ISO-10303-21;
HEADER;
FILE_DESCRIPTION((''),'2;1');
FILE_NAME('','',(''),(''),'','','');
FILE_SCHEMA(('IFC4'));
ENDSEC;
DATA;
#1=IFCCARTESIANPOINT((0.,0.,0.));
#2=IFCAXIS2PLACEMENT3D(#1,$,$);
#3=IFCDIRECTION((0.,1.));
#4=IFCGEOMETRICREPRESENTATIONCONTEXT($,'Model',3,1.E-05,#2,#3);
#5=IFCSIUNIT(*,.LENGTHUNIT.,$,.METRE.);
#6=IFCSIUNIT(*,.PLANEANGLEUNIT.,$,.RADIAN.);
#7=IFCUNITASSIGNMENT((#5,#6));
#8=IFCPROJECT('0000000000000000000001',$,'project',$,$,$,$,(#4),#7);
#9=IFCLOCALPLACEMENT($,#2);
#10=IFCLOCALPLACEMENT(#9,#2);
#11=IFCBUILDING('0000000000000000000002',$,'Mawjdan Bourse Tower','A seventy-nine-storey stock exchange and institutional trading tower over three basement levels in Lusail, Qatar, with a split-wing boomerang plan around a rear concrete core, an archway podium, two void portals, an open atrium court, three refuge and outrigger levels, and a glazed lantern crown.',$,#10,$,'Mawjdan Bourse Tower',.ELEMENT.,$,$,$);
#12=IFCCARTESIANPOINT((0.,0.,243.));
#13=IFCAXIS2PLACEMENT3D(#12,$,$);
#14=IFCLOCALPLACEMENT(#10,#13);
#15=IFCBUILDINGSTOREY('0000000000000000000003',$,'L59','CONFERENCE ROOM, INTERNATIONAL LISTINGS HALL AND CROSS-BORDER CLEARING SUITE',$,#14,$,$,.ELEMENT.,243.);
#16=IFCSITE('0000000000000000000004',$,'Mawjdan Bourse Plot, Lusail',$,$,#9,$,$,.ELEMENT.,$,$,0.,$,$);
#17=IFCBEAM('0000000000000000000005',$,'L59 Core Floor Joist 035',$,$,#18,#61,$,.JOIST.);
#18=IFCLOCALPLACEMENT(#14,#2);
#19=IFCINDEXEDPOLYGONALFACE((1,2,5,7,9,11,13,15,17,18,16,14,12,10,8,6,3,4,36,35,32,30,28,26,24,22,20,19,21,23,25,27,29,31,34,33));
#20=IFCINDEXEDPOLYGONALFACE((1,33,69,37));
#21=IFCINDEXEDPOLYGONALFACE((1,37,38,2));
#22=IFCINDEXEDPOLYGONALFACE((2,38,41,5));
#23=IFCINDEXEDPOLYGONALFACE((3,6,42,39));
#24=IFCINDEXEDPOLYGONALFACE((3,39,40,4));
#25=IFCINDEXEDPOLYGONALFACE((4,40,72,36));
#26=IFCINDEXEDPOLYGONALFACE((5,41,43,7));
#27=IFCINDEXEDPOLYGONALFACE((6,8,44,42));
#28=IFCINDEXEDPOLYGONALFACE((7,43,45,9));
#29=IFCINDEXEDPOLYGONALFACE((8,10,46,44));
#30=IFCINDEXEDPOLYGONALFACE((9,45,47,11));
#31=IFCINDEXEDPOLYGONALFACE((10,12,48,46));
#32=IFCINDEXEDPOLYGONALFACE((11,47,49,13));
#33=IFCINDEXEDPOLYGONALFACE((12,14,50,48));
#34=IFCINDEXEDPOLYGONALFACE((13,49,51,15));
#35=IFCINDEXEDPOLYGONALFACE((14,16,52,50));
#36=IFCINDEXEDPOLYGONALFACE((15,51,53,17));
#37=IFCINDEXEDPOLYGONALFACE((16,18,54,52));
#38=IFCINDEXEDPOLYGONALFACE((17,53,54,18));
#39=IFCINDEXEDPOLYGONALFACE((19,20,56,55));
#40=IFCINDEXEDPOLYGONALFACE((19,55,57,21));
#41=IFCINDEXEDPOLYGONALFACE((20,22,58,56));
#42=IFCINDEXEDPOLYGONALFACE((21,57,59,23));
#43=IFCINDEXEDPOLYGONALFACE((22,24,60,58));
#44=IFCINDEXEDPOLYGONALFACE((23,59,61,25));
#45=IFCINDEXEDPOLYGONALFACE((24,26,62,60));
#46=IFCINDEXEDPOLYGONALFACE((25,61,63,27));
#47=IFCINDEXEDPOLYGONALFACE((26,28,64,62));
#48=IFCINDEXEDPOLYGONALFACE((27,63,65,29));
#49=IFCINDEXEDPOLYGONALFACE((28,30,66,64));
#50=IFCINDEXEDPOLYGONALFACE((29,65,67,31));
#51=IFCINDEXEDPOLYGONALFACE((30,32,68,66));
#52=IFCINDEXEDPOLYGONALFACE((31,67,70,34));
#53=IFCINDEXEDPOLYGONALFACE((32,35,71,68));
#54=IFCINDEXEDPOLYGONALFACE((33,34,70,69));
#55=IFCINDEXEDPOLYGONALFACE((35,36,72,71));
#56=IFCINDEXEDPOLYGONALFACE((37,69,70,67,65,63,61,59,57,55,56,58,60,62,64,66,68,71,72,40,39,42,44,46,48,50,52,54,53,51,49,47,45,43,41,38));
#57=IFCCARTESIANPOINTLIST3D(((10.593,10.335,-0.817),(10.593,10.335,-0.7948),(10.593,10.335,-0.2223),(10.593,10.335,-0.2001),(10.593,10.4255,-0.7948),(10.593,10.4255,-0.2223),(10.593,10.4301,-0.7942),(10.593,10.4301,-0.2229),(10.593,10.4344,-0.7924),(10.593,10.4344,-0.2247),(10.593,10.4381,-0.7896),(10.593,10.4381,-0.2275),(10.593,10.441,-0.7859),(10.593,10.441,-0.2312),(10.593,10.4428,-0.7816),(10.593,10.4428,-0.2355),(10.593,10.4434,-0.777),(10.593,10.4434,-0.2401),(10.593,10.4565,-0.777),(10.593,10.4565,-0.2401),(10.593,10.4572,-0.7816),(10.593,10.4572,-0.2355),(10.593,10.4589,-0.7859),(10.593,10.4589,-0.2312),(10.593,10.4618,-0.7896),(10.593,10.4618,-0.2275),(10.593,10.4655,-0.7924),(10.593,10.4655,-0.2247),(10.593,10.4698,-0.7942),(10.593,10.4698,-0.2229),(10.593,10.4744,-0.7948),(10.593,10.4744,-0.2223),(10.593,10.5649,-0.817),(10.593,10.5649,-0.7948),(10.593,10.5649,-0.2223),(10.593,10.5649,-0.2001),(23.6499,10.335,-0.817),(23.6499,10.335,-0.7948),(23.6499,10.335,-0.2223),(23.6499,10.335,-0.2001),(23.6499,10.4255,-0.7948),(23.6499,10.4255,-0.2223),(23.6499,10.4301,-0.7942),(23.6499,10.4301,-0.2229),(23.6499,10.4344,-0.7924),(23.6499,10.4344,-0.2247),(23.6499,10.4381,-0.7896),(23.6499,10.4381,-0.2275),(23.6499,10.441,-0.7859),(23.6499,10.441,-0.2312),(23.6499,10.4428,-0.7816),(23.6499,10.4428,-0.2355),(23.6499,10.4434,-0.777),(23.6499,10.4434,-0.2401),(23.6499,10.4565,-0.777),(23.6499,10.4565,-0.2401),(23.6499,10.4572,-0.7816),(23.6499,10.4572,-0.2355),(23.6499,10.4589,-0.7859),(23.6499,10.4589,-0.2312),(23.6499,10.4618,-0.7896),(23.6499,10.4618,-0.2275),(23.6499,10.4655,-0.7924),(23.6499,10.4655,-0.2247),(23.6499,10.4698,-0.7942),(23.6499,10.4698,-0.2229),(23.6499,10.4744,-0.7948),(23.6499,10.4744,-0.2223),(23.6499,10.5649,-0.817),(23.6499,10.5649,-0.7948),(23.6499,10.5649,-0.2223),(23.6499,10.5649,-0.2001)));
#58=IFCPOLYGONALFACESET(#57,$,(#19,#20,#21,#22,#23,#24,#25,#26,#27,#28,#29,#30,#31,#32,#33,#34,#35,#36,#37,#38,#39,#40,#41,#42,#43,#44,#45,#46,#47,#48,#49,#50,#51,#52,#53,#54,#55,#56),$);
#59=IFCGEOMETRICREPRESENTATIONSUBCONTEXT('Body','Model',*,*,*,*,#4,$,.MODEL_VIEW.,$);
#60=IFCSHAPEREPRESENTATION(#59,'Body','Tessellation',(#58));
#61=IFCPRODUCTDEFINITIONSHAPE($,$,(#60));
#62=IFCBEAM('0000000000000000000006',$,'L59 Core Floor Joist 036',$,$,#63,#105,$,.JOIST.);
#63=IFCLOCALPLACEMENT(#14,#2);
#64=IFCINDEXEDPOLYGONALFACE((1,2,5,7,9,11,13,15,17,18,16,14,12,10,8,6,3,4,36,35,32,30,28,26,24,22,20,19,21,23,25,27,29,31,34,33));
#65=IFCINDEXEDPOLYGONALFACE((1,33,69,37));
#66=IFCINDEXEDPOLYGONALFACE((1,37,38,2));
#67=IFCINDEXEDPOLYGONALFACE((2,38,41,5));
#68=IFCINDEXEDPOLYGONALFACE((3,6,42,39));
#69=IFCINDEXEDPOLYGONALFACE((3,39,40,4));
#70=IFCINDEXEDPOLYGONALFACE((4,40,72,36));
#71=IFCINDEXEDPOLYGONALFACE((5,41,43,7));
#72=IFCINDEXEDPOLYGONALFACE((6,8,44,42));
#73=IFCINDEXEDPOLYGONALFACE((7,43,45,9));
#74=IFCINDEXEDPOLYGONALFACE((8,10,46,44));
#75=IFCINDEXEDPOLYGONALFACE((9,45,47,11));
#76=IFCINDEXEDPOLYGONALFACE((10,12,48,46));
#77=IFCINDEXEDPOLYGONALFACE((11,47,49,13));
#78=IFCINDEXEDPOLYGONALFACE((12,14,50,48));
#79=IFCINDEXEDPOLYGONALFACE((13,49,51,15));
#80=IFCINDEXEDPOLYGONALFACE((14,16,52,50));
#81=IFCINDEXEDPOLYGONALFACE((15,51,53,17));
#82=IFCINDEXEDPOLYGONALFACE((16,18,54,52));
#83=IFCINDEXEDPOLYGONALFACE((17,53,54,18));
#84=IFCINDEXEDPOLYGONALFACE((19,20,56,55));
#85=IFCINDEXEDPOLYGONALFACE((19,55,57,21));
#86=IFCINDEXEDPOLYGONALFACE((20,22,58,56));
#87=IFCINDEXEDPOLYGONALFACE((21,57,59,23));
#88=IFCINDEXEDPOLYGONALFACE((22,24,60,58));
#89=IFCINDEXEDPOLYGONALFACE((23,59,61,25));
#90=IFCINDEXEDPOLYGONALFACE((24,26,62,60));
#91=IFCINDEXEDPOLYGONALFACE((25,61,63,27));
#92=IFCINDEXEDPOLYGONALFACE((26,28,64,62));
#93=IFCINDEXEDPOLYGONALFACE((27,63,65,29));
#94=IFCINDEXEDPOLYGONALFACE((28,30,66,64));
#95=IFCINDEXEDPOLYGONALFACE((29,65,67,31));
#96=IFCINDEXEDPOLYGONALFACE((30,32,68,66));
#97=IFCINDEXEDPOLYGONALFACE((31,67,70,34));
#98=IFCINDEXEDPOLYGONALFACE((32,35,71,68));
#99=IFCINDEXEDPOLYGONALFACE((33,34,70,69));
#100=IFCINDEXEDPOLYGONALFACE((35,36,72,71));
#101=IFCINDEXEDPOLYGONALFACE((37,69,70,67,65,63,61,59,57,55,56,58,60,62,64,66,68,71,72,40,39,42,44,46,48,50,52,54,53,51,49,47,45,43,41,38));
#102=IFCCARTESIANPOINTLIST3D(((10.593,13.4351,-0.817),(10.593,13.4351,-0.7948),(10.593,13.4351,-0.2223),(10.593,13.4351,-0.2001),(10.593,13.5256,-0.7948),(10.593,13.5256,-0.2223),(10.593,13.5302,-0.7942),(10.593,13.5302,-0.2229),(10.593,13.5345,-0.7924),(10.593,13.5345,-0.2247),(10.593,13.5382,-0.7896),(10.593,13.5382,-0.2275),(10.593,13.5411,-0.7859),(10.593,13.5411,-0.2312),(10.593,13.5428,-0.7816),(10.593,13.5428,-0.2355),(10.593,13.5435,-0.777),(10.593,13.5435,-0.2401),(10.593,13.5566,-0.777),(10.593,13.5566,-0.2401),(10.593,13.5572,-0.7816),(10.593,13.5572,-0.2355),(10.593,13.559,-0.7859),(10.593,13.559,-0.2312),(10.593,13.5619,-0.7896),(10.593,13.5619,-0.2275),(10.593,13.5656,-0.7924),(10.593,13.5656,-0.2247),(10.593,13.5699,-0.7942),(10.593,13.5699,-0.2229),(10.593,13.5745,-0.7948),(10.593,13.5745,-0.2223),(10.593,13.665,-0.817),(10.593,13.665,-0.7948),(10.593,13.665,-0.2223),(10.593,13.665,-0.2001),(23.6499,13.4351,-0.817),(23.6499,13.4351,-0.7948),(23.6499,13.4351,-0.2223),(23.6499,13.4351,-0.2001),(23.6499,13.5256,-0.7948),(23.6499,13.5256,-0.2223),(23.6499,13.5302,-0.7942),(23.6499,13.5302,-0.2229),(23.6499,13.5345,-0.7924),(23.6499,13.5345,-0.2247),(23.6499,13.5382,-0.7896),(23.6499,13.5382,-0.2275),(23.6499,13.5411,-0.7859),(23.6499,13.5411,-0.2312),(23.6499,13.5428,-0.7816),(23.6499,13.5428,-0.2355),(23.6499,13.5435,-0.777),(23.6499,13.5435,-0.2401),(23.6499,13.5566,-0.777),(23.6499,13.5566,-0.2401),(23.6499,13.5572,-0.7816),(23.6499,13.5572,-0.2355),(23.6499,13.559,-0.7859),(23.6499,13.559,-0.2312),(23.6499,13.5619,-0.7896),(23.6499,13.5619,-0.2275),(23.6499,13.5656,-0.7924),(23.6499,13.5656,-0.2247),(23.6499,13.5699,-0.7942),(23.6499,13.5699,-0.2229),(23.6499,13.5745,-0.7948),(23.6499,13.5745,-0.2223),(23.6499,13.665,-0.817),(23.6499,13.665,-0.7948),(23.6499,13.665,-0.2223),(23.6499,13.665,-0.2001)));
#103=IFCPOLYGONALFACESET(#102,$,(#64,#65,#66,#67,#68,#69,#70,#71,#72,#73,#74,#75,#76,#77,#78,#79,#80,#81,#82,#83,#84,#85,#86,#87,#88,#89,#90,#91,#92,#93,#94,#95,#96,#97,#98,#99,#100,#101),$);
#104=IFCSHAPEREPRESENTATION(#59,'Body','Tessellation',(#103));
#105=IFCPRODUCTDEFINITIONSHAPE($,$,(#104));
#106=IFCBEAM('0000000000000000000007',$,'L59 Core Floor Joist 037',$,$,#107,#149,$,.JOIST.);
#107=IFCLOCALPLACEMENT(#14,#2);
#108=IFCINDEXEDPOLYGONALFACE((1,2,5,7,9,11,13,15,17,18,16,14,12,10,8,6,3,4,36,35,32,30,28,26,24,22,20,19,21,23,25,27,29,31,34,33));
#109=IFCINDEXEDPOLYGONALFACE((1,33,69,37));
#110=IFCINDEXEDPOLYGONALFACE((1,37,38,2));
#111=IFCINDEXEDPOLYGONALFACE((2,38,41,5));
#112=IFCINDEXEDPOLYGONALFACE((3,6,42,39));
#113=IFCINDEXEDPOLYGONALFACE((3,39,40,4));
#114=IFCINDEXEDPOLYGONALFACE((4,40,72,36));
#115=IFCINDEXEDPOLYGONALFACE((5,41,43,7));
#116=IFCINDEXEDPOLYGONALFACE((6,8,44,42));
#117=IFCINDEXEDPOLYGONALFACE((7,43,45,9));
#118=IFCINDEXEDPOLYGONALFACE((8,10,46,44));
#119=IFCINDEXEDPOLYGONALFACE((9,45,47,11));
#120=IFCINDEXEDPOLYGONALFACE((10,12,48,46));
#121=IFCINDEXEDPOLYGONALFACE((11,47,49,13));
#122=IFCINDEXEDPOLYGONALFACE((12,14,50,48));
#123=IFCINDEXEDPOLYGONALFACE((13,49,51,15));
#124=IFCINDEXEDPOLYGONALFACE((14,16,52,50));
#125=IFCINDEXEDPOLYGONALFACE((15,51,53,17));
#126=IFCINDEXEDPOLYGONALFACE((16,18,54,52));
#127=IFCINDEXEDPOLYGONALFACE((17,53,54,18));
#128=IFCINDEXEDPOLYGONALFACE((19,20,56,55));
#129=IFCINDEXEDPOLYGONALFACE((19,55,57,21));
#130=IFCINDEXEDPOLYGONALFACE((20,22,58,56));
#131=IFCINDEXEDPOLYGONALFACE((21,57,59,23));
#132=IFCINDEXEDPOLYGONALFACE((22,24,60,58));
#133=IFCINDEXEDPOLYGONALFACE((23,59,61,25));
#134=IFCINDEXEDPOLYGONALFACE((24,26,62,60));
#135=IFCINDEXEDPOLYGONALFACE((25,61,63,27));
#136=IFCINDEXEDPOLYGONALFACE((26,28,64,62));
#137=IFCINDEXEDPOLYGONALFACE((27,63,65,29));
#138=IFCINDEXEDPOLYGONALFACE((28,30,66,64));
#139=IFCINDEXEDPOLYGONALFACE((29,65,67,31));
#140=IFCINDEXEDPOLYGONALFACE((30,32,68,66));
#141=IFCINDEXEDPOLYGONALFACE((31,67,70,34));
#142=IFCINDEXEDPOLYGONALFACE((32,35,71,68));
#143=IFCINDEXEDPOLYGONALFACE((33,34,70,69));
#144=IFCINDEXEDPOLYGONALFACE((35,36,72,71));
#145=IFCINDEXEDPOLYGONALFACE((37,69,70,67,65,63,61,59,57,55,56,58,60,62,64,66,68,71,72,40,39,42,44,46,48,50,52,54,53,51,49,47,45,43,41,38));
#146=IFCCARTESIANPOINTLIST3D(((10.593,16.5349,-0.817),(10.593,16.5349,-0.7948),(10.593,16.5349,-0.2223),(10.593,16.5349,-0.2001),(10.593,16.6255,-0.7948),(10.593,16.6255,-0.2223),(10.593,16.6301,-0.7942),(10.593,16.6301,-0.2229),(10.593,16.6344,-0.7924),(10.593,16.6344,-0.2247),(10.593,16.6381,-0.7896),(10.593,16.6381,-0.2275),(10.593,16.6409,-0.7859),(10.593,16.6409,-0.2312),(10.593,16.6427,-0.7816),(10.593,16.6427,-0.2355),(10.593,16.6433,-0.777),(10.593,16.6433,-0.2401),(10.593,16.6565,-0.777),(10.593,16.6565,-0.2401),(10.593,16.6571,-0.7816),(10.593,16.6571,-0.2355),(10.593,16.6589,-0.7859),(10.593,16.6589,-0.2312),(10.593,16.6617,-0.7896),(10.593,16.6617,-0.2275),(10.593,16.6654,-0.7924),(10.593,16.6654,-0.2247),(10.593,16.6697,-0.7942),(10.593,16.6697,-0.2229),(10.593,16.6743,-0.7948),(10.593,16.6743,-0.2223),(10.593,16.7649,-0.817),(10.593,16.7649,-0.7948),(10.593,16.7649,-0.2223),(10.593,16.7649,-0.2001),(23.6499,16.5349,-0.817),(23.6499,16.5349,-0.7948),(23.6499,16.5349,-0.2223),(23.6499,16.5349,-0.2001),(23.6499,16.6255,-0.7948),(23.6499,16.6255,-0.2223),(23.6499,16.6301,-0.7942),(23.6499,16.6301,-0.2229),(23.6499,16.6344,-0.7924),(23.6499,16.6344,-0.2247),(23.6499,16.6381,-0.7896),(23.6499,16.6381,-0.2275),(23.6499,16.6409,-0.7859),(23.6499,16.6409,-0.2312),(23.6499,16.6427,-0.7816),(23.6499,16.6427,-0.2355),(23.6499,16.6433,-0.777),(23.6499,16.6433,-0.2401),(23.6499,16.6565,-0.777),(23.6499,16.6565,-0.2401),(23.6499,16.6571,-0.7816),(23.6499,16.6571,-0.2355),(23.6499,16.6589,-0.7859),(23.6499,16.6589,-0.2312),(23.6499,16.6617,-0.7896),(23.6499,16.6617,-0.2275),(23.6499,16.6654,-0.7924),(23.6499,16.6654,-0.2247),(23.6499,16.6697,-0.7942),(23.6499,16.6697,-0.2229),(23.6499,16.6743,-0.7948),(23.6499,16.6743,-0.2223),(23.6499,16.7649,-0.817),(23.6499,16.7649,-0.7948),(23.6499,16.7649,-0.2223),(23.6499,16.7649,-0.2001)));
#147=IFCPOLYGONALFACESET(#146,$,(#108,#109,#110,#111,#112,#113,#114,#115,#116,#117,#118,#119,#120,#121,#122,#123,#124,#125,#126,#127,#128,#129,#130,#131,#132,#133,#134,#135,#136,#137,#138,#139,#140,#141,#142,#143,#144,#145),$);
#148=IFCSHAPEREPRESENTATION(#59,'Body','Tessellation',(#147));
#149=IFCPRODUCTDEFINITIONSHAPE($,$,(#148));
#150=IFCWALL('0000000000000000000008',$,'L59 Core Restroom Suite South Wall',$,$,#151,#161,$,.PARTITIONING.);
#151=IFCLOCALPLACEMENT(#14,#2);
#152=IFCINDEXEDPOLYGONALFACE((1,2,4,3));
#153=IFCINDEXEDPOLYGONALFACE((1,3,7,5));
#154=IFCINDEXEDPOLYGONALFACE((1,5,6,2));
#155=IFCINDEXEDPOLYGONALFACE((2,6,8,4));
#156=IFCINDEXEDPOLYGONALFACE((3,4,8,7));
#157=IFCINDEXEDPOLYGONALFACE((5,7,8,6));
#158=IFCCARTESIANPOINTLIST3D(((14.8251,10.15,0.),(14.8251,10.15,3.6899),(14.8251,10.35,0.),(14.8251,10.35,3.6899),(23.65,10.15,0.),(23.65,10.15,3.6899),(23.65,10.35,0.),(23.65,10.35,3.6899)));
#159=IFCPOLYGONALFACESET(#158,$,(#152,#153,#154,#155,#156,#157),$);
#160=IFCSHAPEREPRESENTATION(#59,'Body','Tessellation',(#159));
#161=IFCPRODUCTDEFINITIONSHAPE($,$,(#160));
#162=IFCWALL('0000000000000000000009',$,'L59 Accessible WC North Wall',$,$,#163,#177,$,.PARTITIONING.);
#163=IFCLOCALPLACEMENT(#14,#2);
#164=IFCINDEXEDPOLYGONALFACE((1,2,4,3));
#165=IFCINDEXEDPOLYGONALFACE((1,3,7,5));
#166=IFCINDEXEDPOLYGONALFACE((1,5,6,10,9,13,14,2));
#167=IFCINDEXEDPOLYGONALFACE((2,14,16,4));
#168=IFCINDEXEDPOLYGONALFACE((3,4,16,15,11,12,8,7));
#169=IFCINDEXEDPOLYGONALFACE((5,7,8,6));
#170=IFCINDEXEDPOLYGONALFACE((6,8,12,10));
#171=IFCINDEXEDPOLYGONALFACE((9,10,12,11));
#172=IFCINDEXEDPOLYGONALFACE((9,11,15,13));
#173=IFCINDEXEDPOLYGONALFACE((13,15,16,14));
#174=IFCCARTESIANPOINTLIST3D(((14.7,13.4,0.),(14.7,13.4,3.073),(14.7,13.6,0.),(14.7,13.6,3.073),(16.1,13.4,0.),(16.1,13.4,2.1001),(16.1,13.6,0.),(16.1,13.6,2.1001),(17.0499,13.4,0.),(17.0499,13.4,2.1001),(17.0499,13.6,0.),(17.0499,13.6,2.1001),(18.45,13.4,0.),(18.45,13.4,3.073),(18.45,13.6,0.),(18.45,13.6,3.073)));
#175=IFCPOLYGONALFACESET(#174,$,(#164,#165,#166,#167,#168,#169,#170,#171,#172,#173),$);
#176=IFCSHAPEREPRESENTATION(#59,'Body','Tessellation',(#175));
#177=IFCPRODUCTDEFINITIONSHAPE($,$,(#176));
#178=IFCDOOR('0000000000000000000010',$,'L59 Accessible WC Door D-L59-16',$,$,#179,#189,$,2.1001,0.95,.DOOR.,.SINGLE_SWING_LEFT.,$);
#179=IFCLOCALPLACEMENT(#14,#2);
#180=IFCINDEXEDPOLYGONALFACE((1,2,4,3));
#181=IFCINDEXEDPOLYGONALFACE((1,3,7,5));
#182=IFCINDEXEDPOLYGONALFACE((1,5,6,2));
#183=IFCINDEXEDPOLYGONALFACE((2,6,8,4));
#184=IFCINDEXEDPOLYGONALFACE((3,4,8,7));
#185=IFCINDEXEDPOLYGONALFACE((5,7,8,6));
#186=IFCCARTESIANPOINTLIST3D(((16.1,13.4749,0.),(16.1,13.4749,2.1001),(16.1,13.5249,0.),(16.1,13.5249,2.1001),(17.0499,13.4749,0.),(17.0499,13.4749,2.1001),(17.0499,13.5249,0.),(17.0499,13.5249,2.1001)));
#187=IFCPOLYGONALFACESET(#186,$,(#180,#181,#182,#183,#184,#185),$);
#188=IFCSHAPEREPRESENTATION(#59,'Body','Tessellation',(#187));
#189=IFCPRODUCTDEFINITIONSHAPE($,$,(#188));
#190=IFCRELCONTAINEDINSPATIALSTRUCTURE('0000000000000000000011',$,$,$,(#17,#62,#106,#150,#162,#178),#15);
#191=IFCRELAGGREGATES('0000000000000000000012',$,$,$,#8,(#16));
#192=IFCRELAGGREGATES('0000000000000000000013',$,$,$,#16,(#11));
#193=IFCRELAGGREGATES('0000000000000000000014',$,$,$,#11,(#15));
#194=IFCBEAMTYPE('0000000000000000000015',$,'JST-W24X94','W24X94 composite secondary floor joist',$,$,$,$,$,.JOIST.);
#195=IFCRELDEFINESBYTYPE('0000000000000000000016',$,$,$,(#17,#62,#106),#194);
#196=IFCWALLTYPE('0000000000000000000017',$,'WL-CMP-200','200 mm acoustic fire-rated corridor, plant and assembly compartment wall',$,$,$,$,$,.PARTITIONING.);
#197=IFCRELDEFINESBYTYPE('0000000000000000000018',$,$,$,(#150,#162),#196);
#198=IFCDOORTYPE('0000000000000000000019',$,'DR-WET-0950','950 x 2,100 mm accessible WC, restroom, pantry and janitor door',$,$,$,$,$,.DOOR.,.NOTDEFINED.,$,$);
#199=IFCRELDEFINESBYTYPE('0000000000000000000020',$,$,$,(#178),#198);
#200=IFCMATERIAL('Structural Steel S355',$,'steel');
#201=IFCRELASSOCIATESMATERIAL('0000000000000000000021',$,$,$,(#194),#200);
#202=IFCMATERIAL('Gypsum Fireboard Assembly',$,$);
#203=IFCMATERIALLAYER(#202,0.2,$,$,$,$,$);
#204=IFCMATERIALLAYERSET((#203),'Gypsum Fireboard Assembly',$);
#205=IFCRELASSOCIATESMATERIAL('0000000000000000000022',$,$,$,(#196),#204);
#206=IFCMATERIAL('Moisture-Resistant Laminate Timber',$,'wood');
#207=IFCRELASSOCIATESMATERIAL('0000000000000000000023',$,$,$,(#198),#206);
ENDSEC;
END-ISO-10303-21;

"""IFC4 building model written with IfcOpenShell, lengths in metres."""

from ifc_helpers import new_model, si_unit, direction, frame, frame_2d, origin, origin_2d, place, context, subcontext, project, spatial, rectangle, i_section, extrude, material, layer, layer_set, material_profile, profile_set, type_object, element, fill, save


model = new_model("IFC4")

# Units and contexts
model_context = context("Model", 3, precision=1e-05, world=origin(), true_north=direction((0.0, 1.0)))
body_context = subcontext(model_context, "Body", "Model", "MODEL_VIEW")
ifc_project = project(units=[si_unit("LENGTHUNIT", "METRE"), si_unit("PLANEANGLEUNIT", "RADIAN")], contexts=[model_context])

# Site, building, storey
site_placement = place(None, origin())
site = spatial("IfcSite", under=ifc_project, at=site_placement, Name="Mawjdan Bourse Plot, Lusail", CompositionType="ELEMENT", RefElevation=0.0)
building_placement = place(site_placement, origin())
building = spatial("IfcBuilding", under=site, at=building_placement, Name="Mawjdan Bourse Tower", Description="A seventy-nine-storey stock exchange and institutional trading tower over three basement levels in Lusail, Qatar, with a split-wing boomerang plan around a rear concrete core, an archway podium, two void portals, an open atrium court, three refuge and outrigger levels, and a glazed lantern crown.", LongName="Mawjdan Bourse Tower", CompositionType="ELEMENT")
storey_placement = place(building_placement, frame((0.0, 0.0, 243.0)))
storey = spatial("IfcBuildingStorey", under=building, at=storey_placement, Name="L59", Description="CONFERENCE ROOM, INTERNATIONAL LISTINGS HALL AND CROSS-BORDER CLEARING SUITE", CompositionType="ELEMENT", Elevation=243.0)

# Beams
ifc_material_1 = material(Name="Structural Steel S355", Category="steel")
ifc_material_profile = material_profile(ifc_material_1, i_section(OverallWidth=0.23, OverallDepth=0.6169, WebThickness=0.0132, FlangeThickness=0.0222, FilletRadius=0.0178, at=origin_2d()), Name="W24X94")
ifc_profile_set = profile_set([ifc_material_profile], Name="Structural Steel S355")
beam_type = type_object("IfcBeamType", Name="JST-W24X94", Description="W24X94 composite secondary floor joist", PredefinedType="JOIST", material=ifc_profile_set)
for number, where, z_axis, x_axis, name in (
    (1, (10.593, 10.45, -0.5085), (1.0, 0.0, 0.0), (0.0, 1.0, 0.0), "L59 Core Floor Joist 035"),
    (2, (10.593, 13.55, -0.5085), (1.0, 0.0, 0.0), (0.0, 1.0, 0.0), "L59 Core Floor Joist 036"),
    (3, (10.593, 16.6499, -0.5085), (1.0, 0.0, 0.0), (0.0, 1.0, 0.0), "L59 Core Floor Joist 037"),
):
    element("IfcBeam", number, at=place(storey_placement, frame(where, z_axis=z_axis, x_axis=x_axis)), inside=storey, type_object=beam_type, Name=name, PredefinedType="JOIST", context=body_context, shape_type="SweptSolid", body=[
        extrude(i_section(OverallWidth=0.23, OverallDepth=0.6169, WebThickness=0.0132, FlangeThickness=0.0222, FilletRadius=0.0178, at=origin_2d()), origin(), (0.0, 0.0, 1.0), 13.0569),
    ])

# Shared definitions
ifc_material_2 = material(Name="Gypsum Fireboard Assembly")
ifc_layer_1 = layer(ifc_material_2, 0.2)
ifc_layer_set_1 = layer_set([ifc_layer_1], Name="Gypsum Fireboard Assembly")
wall_type_1 = type_object("IfcWallType", Name="WL-CMP-200", Description="200 mm acoustic fire-rated corridor, plant and assembly compartment wall", PredefinedType="PARTITIONING", material=ifc_layer_set_1)

# Wall
wall_1_placement = place(storey_placement, frame((14.825, 10.25, 0.0), z_axis=(0.0, 0.0, 1.0), x_axis=(1.0, 0.0, 0.0)))
element("IfcWall", 4, at=wall_1_placement, inside=storey, type_object=wall_type_1, Name="L59 Core Restroom Suite South Wall", PredefinedType="PARTITIONING", context=body_context, shape_type="SweptSolid", body=[
    extrude(rectangle(XDim=8.825, YDim=0.2, at=frame_2d((4.4126, 0.0))), origin(), (0.0, 0.0, 1.0), 3.6899),
])

# Wall, opening, door
wall_2_placement = place(storey_placement, frame((14.7, 13.5, 0.0), z_axis=(0.0, 0.0, 1.0), x_axis=(1.0, 0.0, 0.0)))
wall_2 = element("IfcWall", 5, at=wall_2_placement, inside=storey, type_object=wall_type_1, Name="L59 Accessible WC North Wall", PredefinedType="PARTITIONING", context=body_context, shape_type="SweptSolid", body=[
    extrude(rectangle(XDim=3.75, YDim=0.2, at=frame_2d((1.875, 0.0))), origin(), (0.0, 0.0, 1.0), 3.073),
])
opening_1_placement = place(wall_2_placement, frame((1.3999, 0.0, 0.0)))
opening_1 = element("IfcOpeningElement", 6, at=opening_1_placement, cuts=wall_2, PredefinedType="OPENING", context=body_context, shape_type="SweptSolid", body=[
    extrude(rectangle(XDim=0.95, YDim=2.1001, at=frame_2d((0.4751, 1.05))), frame((0.0, 0.1099, 0.0), z_axis=(0.0, -1.0, 0.0), x_axis=(1.0, 0.0, 0.0)), (0.0, 0.0, 1.0), 0.22),
])
ifc_material_3 = material(Name="Moisture-Resistant Laminate Timber", Category="wood")
door_type_1 = type_object("IfcDoorType", Name="DR-WET-0950", Description="950 x 2,100 mm accessible WC, restroom, pantry and janitor door", OperationType="NOTDEFINED", PredefinedType="DOOR", material=ifc_material_3)
door_1_placement = place(opening_1_placement, origin())
door_1 = element("IfcDoor", 7, at=door_1_placement, inside=storey, type_object=door_type_1, Name="L59 Accessible WC Door D-L59-16", OperationType="SINGLE_SWING_LEFT", OverallHeight=2.1001, OverallWidth=0.95, PredefinedType="DOOR", context=body_context, shape_type="SweptSolid", body=[
    extrude(rectangle(XDim=0.95, YDim=2.1001, at=frame_2d((0.4751, 1.05))), frame((0.0, 0.0249, 0.0), z_axis=(0.0, -1.0, 0.0), x_axis=(1.0, 0.0, 0.0)), (0.0, 0.0, 1.0), 0.05),
])
fill(opening_1, door_1)

save(model, "model.ifc")
